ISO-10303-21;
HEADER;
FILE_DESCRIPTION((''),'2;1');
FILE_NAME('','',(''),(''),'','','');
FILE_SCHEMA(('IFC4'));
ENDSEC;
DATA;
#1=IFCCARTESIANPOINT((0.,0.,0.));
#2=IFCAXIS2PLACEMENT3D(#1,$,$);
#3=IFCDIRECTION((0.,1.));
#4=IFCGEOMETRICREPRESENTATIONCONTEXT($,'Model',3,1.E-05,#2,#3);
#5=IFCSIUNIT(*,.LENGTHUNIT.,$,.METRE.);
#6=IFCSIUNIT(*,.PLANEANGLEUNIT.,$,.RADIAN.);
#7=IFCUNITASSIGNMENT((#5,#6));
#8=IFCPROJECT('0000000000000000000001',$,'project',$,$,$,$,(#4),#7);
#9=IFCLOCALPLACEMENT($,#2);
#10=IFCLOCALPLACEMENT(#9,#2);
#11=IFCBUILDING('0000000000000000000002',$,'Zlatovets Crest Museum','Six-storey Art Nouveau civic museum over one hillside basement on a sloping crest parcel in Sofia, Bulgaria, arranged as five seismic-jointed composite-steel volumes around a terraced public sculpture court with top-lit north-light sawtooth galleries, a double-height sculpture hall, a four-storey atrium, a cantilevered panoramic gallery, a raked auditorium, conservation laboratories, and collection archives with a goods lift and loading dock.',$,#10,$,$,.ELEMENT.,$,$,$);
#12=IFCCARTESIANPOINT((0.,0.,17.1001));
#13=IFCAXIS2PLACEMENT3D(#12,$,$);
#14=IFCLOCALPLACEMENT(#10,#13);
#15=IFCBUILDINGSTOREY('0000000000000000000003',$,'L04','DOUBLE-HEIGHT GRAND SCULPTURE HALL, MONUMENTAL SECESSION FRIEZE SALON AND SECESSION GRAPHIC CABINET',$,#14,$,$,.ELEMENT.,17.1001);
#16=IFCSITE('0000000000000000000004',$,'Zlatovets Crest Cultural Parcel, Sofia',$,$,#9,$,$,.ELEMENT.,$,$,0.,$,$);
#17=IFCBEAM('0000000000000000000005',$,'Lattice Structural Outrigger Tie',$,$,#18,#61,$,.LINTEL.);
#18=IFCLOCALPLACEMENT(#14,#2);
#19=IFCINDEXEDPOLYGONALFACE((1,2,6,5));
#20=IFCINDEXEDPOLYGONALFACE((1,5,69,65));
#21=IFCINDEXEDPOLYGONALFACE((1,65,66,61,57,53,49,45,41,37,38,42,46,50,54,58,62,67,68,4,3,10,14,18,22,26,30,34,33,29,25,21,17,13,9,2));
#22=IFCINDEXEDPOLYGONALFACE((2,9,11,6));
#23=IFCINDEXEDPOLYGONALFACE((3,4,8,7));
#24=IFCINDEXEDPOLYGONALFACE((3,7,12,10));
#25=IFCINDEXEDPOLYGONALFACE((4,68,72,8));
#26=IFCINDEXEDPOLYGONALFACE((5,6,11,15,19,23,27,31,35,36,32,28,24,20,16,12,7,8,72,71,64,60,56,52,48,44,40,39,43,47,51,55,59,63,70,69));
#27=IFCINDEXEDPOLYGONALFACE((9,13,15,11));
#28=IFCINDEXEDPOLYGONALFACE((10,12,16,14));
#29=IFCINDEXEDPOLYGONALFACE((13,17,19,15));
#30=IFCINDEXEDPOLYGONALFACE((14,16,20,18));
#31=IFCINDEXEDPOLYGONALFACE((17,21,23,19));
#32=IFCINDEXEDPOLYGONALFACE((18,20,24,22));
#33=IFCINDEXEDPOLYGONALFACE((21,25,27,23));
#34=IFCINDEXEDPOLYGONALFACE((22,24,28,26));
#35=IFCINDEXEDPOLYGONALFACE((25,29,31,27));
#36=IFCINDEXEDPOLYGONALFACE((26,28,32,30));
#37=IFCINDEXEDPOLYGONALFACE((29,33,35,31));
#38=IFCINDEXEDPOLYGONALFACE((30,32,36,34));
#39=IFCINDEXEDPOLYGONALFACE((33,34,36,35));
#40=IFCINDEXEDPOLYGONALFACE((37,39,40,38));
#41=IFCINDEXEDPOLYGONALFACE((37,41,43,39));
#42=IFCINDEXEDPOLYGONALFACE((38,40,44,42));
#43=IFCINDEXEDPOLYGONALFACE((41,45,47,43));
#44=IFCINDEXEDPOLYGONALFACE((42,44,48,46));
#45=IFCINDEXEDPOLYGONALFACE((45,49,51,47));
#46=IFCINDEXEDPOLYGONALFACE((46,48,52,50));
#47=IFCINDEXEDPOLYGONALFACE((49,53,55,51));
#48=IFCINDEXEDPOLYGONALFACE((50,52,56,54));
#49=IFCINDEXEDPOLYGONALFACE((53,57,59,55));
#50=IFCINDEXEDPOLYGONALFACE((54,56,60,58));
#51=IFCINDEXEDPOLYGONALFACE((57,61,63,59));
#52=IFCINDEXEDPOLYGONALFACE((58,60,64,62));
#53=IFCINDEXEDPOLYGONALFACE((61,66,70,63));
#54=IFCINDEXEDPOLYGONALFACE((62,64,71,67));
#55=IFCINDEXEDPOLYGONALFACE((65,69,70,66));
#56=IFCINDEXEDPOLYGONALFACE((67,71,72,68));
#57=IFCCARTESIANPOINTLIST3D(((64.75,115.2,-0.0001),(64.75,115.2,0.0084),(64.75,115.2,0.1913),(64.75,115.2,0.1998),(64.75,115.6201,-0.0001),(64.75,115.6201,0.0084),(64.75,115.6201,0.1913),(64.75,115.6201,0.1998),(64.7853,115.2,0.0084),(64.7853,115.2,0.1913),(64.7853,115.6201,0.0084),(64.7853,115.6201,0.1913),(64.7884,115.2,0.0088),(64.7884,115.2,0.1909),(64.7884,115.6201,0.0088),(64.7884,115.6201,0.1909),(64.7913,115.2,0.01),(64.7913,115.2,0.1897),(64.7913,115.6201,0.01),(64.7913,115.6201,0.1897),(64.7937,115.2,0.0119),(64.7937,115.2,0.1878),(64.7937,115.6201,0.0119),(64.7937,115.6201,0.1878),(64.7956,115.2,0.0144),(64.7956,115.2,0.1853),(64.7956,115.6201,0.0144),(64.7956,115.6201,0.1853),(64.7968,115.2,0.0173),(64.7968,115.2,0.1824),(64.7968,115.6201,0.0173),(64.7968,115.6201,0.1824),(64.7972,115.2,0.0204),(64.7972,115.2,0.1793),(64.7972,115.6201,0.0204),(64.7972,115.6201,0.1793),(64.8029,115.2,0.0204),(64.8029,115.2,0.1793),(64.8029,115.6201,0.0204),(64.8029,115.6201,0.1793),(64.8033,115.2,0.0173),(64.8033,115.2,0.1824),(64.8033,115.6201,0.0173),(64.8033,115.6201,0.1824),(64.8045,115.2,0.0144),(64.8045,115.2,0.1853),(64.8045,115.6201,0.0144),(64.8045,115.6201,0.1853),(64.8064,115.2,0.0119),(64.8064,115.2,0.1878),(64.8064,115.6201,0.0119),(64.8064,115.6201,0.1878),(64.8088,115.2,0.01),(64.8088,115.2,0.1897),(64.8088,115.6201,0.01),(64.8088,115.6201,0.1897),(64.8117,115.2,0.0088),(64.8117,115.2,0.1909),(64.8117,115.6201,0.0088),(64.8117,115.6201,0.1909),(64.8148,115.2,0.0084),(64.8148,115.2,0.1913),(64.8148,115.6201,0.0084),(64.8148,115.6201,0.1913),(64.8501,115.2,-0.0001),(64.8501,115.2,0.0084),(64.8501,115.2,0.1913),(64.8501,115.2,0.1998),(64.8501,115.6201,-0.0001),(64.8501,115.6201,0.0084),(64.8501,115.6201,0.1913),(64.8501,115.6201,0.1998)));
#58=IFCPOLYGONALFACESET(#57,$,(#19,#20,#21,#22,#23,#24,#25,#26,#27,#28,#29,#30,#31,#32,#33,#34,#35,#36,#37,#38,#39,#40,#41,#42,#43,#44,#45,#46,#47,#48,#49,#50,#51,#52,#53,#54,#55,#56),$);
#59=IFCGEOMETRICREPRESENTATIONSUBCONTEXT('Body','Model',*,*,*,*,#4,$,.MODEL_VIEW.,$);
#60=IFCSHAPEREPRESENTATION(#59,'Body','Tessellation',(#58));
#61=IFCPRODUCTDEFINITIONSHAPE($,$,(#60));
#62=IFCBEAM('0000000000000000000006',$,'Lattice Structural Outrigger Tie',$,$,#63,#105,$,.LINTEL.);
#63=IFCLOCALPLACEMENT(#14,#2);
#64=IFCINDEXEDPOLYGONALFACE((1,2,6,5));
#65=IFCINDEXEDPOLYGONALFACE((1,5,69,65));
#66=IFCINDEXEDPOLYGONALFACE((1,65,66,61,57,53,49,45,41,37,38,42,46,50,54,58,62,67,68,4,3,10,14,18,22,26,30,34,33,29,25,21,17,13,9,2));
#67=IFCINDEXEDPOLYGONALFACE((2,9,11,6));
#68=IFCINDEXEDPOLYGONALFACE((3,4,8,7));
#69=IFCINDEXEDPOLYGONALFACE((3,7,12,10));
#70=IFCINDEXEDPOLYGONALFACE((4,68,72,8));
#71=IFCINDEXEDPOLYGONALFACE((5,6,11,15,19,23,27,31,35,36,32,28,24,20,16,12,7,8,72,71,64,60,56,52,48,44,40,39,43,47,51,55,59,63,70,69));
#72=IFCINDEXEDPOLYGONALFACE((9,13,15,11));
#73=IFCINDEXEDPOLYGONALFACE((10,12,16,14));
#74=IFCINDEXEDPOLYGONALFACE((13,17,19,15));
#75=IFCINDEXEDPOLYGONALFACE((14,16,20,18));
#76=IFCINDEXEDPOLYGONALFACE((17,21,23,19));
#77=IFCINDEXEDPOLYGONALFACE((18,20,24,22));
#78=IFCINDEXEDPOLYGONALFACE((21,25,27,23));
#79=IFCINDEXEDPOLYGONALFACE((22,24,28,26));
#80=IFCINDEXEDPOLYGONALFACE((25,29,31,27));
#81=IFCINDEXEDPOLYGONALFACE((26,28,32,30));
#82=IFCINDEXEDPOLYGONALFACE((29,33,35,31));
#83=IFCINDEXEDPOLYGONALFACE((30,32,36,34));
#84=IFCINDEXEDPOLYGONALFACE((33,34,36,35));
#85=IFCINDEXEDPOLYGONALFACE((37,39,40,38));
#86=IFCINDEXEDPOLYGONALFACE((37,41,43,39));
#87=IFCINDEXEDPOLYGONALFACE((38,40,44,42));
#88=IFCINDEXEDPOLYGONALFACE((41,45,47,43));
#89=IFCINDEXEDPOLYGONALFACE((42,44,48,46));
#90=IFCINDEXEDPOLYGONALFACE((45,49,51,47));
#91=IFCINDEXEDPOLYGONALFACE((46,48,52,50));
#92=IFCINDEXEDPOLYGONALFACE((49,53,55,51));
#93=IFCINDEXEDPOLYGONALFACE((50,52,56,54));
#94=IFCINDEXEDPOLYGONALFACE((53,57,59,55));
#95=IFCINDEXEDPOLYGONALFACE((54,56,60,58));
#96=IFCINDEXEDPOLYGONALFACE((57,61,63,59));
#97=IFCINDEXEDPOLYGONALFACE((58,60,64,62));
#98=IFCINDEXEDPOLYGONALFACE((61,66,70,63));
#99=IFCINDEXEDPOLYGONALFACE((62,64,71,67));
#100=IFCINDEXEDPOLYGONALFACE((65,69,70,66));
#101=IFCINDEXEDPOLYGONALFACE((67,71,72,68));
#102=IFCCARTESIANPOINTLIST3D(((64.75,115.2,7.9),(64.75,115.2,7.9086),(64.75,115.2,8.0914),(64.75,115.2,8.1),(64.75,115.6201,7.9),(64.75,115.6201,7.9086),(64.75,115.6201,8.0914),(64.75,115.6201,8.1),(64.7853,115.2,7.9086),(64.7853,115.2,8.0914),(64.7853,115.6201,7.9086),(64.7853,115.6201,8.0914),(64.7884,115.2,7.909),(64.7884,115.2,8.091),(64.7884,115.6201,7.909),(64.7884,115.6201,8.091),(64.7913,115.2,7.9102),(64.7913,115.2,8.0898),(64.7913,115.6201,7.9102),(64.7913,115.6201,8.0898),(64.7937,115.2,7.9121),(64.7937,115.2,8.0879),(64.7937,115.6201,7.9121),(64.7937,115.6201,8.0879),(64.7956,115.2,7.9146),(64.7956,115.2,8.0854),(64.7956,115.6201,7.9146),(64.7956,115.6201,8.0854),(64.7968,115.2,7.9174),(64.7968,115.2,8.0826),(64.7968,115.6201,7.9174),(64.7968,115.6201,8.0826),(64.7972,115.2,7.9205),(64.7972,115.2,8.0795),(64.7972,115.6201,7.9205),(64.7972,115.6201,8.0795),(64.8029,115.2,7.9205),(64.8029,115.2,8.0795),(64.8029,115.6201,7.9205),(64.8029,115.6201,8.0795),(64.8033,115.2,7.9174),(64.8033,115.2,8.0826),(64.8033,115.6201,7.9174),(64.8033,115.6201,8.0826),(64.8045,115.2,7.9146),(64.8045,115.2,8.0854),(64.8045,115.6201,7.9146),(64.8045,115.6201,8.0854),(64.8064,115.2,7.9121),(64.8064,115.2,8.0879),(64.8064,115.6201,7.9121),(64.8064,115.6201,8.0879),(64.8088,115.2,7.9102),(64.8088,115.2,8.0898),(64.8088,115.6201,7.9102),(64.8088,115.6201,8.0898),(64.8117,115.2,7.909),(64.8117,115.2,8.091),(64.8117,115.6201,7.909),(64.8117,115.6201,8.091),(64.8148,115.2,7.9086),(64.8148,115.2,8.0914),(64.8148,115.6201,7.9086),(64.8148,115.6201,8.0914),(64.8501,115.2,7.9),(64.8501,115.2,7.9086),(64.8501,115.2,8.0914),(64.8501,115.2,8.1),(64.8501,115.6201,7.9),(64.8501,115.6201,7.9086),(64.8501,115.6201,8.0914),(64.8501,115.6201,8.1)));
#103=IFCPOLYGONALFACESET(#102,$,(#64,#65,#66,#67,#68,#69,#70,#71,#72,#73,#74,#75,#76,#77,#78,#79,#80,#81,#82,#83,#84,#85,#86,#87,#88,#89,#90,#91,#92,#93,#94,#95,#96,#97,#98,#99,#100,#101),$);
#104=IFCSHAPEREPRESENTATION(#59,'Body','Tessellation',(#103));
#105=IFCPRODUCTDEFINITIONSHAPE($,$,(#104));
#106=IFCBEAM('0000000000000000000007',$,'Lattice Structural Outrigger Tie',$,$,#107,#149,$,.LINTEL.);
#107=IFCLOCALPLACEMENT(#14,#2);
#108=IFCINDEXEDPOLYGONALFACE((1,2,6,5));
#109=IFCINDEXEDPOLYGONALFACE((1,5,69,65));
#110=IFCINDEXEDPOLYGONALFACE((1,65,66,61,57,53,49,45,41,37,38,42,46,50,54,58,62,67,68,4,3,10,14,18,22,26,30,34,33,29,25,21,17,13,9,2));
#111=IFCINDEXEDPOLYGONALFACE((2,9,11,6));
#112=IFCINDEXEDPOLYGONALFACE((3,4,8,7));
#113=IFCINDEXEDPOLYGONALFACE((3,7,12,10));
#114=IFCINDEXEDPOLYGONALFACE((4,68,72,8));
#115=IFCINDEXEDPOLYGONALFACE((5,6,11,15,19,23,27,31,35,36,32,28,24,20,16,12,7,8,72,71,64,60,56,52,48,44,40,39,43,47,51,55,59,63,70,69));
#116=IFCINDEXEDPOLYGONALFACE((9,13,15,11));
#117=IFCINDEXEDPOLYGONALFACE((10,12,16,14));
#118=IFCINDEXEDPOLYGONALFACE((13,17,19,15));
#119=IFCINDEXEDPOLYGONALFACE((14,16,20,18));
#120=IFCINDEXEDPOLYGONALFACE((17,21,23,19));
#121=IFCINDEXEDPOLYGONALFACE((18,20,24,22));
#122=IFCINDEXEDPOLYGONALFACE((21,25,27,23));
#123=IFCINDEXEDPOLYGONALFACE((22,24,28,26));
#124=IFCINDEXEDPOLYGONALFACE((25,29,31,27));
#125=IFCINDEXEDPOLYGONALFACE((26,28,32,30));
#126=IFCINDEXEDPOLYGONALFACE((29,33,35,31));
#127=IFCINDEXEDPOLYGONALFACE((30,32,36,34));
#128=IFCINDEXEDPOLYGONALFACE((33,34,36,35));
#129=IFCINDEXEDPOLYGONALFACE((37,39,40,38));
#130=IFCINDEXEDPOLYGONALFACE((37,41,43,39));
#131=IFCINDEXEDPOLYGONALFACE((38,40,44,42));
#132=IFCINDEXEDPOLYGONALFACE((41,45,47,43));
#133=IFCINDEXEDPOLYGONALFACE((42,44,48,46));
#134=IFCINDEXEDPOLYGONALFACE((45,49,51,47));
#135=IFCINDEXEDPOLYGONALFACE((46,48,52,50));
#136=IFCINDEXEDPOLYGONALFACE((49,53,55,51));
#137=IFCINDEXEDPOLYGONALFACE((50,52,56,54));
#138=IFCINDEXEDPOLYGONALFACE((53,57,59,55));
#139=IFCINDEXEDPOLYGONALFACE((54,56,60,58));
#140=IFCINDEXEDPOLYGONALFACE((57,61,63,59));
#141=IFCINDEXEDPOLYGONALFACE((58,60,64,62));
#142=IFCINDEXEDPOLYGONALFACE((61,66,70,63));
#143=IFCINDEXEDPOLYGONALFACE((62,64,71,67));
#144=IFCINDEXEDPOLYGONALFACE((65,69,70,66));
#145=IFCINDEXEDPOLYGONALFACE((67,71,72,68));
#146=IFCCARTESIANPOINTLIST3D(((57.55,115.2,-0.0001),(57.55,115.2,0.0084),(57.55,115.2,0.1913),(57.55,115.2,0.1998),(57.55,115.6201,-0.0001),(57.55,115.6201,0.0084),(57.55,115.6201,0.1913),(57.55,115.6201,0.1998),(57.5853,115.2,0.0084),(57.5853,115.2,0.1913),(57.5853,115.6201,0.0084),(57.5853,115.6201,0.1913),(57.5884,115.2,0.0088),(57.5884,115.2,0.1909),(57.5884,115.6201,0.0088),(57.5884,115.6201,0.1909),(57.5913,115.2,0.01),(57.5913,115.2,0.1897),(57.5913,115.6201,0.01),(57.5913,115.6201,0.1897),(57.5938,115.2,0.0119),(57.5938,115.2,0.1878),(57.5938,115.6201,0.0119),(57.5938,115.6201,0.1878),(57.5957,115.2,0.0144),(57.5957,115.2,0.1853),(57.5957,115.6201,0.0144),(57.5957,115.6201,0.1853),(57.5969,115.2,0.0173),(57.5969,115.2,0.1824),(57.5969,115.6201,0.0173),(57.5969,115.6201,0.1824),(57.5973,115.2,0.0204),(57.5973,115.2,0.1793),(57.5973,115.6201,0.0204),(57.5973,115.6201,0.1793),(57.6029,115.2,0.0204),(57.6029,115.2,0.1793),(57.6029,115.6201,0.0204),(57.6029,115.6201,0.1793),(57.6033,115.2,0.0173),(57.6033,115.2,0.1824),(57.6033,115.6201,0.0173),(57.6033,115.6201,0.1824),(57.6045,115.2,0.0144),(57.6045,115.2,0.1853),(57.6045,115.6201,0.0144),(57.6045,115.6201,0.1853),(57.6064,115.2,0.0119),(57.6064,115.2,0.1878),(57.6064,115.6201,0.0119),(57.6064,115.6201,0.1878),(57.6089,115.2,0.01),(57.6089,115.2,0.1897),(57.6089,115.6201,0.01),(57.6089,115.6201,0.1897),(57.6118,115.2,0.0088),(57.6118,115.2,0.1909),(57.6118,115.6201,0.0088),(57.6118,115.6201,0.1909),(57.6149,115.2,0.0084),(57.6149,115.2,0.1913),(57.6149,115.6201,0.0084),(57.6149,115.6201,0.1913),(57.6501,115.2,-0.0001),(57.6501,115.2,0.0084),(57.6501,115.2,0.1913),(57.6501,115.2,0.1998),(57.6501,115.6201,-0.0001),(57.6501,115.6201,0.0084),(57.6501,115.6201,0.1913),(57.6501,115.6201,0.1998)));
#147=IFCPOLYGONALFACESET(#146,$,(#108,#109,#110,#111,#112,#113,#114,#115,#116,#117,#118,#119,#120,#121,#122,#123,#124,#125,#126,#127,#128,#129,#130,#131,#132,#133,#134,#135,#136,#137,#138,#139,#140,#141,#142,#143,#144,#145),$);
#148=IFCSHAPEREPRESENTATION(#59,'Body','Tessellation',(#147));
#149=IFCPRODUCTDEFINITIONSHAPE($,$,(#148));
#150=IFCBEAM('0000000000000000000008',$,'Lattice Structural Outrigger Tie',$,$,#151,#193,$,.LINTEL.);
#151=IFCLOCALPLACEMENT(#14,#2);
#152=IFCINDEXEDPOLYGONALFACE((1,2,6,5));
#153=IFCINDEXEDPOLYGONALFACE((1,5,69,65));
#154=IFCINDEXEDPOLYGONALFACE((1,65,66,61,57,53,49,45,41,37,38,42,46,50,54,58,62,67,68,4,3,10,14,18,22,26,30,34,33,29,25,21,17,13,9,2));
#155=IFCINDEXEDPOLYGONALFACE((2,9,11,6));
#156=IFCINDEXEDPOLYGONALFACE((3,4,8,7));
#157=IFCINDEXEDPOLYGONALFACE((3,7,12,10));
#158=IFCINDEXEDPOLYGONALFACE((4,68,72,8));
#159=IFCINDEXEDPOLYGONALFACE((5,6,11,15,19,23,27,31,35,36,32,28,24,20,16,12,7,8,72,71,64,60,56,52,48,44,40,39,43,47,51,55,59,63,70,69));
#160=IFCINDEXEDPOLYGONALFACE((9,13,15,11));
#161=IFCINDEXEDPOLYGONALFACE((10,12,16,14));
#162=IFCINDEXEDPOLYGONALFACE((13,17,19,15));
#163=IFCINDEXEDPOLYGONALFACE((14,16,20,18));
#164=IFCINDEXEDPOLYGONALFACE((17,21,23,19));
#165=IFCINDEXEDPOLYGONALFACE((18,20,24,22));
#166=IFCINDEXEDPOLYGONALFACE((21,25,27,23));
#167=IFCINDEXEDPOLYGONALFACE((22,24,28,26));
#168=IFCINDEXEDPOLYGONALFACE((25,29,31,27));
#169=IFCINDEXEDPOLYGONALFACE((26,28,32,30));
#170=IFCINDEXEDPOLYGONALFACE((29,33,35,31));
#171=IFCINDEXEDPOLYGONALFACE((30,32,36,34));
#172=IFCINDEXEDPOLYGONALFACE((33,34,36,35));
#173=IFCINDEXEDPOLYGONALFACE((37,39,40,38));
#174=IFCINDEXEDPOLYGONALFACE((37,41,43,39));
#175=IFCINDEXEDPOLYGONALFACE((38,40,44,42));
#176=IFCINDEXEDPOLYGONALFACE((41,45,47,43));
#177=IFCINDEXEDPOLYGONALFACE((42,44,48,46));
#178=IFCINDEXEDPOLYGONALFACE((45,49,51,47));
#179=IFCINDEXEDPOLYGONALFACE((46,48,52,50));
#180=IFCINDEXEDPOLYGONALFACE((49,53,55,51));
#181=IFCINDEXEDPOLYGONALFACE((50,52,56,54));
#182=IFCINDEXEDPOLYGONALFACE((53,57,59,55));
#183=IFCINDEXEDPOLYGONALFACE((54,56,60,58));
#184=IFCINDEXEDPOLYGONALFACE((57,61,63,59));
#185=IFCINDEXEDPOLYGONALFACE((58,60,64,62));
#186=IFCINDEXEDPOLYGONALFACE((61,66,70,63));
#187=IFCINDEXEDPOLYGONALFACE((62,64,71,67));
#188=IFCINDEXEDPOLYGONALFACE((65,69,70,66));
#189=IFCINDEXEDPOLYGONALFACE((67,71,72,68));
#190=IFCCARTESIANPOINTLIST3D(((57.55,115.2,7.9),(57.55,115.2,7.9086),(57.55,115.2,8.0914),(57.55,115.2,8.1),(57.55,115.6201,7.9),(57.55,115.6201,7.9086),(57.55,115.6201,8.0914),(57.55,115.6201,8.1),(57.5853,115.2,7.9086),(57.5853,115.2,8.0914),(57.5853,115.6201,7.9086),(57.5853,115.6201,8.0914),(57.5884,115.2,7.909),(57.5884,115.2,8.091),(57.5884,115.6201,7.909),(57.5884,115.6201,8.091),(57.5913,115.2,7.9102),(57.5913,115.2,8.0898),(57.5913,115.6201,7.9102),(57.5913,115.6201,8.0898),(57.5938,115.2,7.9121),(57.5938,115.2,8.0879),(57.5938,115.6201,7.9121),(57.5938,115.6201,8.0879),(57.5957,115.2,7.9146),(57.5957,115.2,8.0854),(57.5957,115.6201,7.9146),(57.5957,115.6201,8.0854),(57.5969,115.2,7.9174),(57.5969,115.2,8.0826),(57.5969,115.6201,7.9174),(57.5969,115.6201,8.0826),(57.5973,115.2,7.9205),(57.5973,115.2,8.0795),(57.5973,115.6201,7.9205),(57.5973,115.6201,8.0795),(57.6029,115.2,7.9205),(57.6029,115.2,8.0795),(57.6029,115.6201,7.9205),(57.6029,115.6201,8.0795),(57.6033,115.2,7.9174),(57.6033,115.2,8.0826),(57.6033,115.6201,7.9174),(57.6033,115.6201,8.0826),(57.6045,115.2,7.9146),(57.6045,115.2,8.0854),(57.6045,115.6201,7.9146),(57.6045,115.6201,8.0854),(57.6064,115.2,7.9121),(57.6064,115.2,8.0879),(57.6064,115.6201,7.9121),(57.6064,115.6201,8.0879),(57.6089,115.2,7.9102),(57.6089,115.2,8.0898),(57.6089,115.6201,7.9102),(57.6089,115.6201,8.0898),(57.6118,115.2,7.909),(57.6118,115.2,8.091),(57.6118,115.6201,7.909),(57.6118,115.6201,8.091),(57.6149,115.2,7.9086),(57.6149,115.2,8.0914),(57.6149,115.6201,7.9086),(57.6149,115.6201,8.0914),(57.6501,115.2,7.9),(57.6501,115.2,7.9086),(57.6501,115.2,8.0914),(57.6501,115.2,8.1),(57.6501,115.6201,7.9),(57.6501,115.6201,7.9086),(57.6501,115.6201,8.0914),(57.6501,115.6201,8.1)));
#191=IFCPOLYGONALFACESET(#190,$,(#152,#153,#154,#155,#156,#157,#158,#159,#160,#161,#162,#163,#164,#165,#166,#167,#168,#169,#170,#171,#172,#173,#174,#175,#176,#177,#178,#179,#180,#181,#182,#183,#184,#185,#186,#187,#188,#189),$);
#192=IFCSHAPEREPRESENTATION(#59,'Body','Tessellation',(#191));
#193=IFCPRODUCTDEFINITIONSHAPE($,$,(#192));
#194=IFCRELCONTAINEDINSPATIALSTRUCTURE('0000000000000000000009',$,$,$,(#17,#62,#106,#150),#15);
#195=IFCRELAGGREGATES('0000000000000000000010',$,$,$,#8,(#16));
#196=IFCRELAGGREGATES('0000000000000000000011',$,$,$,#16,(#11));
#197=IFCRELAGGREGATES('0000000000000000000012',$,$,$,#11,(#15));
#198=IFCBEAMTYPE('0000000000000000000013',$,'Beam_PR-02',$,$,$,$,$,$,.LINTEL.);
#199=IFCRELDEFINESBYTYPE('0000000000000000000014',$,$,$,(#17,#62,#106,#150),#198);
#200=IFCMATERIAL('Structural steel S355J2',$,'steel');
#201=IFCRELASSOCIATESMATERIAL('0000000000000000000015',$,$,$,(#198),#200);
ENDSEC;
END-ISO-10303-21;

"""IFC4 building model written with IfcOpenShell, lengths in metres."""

from ifc_helpers import new_model, si_unit, direction, frame, origin, origin_2d, place, context, subcontext, project, spatial, i_section, extrude, material, material_profile, profile_set, type_object, element, save


model = new_model("IFC4")

# Units and contexts
model_context = context("Model", 3, precision=1e-05, world=origin(), true_north=direction((0.0, 1.0)))
body_context = subcontext(model_context, "Body", "Model", "MODEL_VIEW")
ifc_project = project(units=[si_unit("LENGTHUNIT", "METRE"), si_unit("PLANEANGLEUNIT", "RADIAN")], contexts=[model_context])

# Site, building, storey
site_placement = place(None, origin())
site = spatial("IfcSite", under=ifc_project, at=site_placement, Name="Zlatovets Crest Cultural Parcel, Sofia", CompositionType="ELEMENT", RefElevation=0.0)
building_placement = place(site_placement, origin())
building = spatial("IfcBuilding", under=site, at=building_placement, Name="Zlatovets Crest Museum", Description="Six-storey Art Nouveau civic museum over one hillside basement on a sloping crest parcel in Sofia, Bulgaria, arranged as five seismic-jointed composite-steel volumes around a terraced public sculpture court with top-lit north-light sawtooth galleries, a double-height sculpture hall, a four-storey atrium, a cantilevered panoramic gallery, a raked auditorium, conservation laboratories, and collection archives with a goods lift and loading dock.", CompositionType="ELEMENT")
storey_placement = place(building_placement, frame((0.0, 0.0, 17.1001)))
storey = spatial("IfcBuildingStorey", under=building, at=storey_placement, Name="L04", Description="DOUBLE-HEIGHT GRAND SCULPTURE HALL, MONUMENTAL SECESSION FRIEZE SALON AND SECESSION GRAPHIC CABINET", CompositionType="ELEMENT", Elevation=17.1001)

# Shared definitions
ifc_material_1 = material(Name="Structural steel S355J2", Category="steel")

# Beams
ifc_material_profile_1 = material_profile(ifc_material_1, i_section(OverallWidth=0.1001, OverallDepth=0.2, WebThickness=0.0056, FlangeThickness=0.0085, FilletRadius=0.012, at=origin_2d()), Name="IPE 200")
ifc_profile_set_1 = profile_set([ifc_material_profile_1], Name="Structural steel S355J2")
beam_type_1 = type_object("IfcBeamType", Name="Beam_PR-02", PredefinedType="LINTEL", material=ifc_profile_set_1)
for number, where, z_axis, x_axis, name in (
    (1, (64.8, 115.2, 0.0999), (0.0, 1.0, 0.0), (-1.0, 0.0, 0.0), "Lattice Structural Outrigger Tie"),
    (2, (64.8, 115.2, 8.0), (0.0, 1.0, 0.0), (-1.0, 0.0, 0.0), "Lattice Structural Outrigger Tie"),
    (3, (57.6001, 115.2, 0.0999), (0.0, 1.0, 0.0), (-1.0, 0.0, 0.0), "Lattice Structural Outrigger Tie"),
    (4, (57.6001, 115.2, 8.0), (0.0, 1.0, 0.0), (-1.0, 0.0, 0.0), "Lattice Structural Outrigger Tie"),
):
    element("IfcBeam", number, at=place(storey_placement, frame(where, z_axis=z_axis, x_axis=x_axis)), inside=storey, type_object=beam_type_1, Name=name, PredefinedType="LINTEL", context=body_context, shape_type="SweptSolid", body=[
        extrude(i_section(OverallWidth=0.1001, OverallDepth=0.2, WebThickness=0.0056, FlangeThickness=0.0085, FilletRadius=0.012, at=origin_2d()), origin(), (0.0, 0.0, 1.0), 0.4202),
    ])

save(model, "model.ifc")
